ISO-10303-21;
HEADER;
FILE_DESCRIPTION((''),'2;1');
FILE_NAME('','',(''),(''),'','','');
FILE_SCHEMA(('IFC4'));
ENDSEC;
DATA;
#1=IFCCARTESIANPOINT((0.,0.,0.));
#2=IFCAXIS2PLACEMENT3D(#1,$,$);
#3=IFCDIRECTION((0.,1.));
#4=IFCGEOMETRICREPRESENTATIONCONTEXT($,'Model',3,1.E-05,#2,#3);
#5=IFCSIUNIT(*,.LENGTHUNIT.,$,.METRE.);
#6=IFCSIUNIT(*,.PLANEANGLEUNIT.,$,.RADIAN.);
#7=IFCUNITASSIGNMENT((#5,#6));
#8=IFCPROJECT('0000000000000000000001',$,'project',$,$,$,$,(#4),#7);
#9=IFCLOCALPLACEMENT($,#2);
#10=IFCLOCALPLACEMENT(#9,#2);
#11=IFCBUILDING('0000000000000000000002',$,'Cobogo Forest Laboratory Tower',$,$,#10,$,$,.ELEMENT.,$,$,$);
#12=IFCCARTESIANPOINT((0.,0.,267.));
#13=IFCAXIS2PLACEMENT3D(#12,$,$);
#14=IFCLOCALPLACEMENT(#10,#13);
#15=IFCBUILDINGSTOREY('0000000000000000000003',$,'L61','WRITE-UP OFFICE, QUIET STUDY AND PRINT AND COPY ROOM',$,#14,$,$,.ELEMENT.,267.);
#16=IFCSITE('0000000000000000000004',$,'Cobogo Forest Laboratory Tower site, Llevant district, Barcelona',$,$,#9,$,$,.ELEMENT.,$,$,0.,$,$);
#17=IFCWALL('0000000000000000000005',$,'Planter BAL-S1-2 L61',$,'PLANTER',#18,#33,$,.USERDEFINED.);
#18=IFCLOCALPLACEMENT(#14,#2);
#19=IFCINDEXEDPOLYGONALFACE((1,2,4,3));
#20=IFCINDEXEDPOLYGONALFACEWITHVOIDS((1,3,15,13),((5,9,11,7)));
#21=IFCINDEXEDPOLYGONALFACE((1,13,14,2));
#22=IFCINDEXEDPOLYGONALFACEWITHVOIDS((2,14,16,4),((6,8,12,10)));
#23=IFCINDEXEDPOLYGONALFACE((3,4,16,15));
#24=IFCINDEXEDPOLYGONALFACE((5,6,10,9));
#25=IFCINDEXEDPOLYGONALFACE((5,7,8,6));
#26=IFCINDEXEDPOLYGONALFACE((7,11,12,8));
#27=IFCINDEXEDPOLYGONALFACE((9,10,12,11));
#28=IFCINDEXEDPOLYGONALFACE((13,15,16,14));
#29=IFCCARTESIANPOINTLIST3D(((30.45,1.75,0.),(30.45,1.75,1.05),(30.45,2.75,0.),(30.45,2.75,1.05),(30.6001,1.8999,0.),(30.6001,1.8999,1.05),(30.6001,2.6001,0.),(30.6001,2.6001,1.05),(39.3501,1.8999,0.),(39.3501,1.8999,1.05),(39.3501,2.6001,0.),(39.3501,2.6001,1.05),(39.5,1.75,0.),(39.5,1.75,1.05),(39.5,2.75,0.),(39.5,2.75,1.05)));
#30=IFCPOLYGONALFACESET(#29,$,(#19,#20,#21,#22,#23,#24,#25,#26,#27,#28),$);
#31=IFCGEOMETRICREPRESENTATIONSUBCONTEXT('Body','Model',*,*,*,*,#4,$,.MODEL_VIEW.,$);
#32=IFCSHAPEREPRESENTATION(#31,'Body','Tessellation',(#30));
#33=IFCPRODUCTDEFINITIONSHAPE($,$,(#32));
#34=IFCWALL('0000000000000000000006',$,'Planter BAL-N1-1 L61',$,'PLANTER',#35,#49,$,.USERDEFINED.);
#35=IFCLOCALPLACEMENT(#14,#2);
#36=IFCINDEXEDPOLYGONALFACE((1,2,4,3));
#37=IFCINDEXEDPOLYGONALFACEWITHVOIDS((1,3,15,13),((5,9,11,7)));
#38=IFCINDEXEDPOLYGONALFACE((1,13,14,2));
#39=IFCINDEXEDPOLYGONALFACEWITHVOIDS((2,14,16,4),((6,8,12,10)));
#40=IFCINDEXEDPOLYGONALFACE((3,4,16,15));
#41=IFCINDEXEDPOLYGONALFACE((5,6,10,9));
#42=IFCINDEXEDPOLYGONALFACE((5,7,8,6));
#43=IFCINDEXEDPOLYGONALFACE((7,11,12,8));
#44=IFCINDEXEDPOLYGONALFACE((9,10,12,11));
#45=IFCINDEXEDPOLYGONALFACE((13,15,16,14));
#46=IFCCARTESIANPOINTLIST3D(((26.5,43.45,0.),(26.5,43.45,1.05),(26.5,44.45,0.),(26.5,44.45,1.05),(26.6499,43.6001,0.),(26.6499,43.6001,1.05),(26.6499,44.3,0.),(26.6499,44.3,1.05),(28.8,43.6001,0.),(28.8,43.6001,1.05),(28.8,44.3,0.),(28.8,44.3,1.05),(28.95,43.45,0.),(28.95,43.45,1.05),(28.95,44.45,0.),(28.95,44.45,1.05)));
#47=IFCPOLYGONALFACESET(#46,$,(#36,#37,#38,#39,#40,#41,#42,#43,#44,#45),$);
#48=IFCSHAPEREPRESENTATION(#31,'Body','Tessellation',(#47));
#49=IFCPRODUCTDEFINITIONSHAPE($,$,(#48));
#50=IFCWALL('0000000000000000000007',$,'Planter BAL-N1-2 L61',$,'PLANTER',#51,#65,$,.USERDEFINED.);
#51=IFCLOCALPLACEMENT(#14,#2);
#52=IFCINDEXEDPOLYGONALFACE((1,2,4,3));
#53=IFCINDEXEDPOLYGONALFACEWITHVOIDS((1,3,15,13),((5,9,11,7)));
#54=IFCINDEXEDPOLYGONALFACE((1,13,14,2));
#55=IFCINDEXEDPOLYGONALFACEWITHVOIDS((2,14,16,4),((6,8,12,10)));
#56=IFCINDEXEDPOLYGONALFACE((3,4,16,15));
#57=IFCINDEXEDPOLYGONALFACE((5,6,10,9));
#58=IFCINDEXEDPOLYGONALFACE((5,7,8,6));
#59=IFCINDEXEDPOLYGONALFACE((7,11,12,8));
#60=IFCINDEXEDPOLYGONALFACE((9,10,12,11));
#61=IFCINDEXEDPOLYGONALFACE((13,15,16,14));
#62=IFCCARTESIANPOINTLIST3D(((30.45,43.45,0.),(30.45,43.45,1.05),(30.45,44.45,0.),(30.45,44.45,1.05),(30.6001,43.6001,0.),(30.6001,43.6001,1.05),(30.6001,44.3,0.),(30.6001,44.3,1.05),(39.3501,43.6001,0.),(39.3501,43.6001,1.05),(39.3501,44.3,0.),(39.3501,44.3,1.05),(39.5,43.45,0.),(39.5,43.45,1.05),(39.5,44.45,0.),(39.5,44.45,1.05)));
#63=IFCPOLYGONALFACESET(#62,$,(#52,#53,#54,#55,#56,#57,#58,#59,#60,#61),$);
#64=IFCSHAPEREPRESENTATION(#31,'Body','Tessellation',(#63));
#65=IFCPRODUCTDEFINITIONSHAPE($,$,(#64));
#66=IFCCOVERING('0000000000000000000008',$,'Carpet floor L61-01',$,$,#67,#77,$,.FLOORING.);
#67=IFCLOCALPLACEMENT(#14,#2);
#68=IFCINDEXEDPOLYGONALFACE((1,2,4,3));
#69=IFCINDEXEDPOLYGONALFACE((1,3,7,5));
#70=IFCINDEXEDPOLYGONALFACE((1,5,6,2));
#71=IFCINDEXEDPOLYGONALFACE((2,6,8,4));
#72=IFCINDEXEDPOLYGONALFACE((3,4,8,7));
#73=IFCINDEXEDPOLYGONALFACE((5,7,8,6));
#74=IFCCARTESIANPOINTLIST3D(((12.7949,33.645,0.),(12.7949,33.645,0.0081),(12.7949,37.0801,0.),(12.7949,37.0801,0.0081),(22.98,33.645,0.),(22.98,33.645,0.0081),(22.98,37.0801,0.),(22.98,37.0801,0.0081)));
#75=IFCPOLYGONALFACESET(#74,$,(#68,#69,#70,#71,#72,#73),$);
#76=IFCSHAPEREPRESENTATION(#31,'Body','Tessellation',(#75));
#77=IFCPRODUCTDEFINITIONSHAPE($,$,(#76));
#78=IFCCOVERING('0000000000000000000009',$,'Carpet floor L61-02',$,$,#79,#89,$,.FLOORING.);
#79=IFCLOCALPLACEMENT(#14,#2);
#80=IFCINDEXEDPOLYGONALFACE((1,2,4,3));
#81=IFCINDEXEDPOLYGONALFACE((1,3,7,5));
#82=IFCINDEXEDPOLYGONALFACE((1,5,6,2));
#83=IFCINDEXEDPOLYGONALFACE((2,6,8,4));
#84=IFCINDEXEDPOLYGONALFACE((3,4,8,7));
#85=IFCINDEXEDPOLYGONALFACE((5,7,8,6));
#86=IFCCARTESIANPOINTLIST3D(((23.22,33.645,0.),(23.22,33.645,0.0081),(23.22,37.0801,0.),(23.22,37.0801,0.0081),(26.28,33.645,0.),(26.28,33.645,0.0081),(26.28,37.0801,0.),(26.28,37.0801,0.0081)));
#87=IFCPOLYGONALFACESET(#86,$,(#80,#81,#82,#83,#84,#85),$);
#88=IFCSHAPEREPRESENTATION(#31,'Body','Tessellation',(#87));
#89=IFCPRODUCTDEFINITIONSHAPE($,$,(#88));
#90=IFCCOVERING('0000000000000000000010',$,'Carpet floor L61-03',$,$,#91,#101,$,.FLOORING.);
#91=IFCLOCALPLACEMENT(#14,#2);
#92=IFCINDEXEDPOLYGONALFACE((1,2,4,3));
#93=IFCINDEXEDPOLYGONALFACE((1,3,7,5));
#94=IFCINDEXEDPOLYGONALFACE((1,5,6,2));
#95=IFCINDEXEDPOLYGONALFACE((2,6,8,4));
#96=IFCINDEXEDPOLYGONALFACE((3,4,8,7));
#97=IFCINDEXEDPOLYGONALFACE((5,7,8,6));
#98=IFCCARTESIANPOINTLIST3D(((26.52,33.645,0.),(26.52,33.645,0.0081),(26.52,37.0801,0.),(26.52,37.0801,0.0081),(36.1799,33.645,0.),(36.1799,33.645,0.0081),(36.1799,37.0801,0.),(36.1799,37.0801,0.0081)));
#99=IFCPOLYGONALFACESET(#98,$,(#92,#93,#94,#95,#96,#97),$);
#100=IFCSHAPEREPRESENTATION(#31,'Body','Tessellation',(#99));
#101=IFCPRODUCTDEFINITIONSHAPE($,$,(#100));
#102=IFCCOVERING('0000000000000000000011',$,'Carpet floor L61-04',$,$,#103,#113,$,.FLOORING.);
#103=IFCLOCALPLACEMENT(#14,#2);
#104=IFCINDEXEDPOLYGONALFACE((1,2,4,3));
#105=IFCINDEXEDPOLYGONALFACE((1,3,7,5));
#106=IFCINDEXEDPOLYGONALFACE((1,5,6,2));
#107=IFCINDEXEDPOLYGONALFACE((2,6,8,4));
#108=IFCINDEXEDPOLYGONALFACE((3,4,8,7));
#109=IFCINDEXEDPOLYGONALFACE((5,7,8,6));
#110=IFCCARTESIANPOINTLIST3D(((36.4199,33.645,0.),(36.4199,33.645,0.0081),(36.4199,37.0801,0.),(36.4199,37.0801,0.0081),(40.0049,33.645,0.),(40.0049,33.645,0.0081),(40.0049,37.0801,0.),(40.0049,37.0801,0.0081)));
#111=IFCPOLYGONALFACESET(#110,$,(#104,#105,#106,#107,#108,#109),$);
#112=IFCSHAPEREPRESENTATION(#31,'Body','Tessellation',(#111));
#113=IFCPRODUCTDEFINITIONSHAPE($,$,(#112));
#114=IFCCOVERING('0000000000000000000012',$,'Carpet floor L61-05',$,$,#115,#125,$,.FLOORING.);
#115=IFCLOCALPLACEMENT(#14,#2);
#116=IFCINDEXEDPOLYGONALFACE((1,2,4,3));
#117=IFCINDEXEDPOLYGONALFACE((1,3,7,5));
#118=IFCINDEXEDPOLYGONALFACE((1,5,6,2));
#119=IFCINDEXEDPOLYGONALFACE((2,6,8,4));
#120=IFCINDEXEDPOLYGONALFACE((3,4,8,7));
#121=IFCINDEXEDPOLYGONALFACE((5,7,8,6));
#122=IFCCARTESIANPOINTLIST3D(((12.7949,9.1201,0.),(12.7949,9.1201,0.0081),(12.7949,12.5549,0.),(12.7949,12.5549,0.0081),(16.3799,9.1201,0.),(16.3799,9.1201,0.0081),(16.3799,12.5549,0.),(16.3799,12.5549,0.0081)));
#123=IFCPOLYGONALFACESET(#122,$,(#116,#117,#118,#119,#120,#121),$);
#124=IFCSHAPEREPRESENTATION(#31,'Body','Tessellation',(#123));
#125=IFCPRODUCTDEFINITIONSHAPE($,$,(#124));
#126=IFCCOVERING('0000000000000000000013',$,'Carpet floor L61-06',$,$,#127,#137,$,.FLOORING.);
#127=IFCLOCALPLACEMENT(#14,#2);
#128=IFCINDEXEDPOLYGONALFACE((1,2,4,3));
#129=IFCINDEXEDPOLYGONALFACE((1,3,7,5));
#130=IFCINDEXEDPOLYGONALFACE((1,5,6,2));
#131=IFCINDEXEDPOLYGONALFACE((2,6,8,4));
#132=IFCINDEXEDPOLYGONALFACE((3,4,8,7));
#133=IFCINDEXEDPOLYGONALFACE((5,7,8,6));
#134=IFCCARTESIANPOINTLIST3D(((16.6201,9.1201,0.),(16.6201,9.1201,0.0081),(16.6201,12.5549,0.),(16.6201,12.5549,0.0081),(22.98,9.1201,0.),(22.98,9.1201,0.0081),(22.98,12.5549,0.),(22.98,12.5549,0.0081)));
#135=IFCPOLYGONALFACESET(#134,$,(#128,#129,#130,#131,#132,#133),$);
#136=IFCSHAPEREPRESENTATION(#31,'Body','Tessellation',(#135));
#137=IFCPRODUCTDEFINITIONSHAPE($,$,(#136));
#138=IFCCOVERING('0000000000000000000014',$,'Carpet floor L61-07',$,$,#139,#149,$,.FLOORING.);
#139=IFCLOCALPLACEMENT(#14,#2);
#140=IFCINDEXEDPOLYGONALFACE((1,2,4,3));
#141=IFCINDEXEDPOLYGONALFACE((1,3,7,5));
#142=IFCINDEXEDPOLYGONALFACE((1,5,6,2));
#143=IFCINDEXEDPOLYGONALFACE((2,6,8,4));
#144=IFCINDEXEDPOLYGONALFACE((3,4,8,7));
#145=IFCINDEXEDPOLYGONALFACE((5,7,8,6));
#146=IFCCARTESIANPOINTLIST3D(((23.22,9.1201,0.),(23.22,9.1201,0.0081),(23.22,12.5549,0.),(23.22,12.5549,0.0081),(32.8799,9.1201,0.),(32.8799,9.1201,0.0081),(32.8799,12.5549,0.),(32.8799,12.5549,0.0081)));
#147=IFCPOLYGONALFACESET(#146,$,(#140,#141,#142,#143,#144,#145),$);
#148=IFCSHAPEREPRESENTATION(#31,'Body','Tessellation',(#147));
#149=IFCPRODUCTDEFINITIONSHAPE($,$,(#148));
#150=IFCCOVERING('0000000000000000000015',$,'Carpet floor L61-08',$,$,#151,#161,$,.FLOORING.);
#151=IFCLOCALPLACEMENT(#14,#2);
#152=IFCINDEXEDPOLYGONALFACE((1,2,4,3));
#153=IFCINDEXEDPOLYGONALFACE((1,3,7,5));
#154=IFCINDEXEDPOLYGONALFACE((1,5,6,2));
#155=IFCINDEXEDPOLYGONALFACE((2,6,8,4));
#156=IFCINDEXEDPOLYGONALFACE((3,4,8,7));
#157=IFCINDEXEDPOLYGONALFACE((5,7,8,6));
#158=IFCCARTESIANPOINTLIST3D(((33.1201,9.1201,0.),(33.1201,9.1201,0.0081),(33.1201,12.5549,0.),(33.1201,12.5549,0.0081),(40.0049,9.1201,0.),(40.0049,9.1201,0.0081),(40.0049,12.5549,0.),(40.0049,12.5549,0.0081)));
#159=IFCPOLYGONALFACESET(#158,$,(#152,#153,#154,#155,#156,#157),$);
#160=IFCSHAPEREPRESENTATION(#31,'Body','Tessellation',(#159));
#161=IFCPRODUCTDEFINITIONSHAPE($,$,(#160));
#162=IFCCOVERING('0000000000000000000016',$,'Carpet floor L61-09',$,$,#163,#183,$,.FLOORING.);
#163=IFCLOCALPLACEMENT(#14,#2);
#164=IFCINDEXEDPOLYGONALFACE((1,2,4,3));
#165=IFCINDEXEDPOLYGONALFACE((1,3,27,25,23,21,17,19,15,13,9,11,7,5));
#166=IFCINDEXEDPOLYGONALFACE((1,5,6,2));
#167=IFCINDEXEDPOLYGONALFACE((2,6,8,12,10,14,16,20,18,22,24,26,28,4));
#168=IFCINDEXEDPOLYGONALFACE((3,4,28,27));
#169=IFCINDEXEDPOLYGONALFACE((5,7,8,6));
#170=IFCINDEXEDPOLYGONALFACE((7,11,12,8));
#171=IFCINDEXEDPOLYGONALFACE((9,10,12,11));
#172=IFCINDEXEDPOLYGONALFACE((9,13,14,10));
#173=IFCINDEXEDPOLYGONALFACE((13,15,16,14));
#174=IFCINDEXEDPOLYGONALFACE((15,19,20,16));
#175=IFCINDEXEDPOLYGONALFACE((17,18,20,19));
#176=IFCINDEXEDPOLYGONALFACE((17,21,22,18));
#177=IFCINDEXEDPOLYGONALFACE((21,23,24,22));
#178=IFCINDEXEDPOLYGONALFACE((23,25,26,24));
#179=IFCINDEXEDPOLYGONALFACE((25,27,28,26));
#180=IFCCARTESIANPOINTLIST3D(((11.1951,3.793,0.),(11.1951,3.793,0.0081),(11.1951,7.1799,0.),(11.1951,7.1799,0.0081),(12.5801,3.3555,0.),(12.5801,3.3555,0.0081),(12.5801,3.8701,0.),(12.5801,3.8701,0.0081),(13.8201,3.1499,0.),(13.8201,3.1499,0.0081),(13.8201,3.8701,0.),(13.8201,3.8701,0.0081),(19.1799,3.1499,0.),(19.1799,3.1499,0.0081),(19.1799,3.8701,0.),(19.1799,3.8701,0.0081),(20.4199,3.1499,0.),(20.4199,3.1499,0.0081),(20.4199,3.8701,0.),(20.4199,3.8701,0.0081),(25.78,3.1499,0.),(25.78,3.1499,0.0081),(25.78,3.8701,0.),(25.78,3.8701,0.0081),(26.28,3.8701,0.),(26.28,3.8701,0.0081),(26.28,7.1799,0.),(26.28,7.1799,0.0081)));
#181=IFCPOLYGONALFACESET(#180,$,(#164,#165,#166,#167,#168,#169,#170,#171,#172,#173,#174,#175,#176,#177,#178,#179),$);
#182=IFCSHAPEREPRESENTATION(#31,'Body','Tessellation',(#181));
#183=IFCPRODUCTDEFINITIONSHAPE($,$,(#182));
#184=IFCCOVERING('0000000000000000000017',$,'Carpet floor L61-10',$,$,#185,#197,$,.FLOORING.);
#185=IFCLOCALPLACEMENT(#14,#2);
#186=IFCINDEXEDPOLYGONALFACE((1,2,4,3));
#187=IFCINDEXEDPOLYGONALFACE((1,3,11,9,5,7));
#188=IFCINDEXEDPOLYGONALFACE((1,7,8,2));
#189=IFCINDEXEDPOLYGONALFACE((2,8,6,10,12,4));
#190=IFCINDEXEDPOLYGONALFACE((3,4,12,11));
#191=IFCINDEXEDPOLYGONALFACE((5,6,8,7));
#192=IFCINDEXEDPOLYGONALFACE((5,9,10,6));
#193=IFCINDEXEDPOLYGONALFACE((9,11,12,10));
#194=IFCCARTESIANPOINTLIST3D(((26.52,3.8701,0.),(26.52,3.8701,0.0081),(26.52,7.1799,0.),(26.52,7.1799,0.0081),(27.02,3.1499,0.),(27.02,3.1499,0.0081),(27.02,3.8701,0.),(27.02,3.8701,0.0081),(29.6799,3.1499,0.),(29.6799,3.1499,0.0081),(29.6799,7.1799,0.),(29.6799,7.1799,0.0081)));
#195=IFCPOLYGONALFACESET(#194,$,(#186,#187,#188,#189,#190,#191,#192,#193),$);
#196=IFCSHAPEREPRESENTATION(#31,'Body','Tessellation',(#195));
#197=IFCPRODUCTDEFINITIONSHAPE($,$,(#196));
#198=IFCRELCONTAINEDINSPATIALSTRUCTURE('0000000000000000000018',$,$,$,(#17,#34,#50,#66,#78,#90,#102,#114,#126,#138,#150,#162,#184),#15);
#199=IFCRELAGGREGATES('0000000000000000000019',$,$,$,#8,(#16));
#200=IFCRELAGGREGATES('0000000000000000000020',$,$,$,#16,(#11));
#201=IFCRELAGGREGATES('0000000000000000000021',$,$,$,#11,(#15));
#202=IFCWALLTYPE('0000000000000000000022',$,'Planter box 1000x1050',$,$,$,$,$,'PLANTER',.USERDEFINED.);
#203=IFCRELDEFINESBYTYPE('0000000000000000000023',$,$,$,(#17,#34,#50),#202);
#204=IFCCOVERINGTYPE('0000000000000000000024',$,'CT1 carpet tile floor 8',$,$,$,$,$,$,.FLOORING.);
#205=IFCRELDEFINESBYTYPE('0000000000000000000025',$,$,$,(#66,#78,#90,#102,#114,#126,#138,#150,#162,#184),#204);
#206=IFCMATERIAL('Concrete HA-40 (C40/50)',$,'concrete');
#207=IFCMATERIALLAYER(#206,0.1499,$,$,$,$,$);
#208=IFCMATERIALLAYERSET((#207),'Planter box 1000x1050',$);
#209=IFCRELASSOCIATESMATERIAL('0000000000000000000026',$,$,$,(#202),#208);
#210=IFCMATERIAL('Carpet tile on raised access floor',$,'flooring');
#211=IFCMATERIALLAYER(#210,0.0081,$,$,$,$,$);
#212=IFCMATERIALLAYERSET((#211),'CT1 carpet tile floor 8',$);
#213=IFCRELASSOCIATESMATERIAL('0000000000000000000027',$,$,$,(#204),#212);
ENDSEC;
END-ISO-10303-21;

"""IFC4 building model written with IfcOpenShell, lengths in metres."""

from ifc_helpers import new_model, si_unit, direction, frame, origin, place, context, subcontext, project, spatial, polyline, outline, extrude, material, layer, layer_set, type_object, element, save


model = new_model("IFC4")

# Units and contexts
model_context = context("Model", 3, precision=1e-05, world=origin(), true_north=direction((0.0, 1.0)))
body_context = subcontext(model_context, "Body", "Model", "MODEL_VIEW")
ifc_project = project(units=[si_unit("LENGTHUNIT", "METRE"), si_unit("PLANEANGLEUNIT", "RADIAN")], contexts=[model_context])

# Site, building, storey
site_placement = place(None, origin())
site = spatial("IfcSite", under=ifc_project, at=site_placement, Name="Cobogo Forest Laboratory Tower site, Llevant district, Barcelona", CompositionType="ELEMENT", RefElevation=0.0)
building_placement = place(site_placement, origin())
building = spatial("IfcBuilding", under=site, at=building_placement, Name="Cobogo Forest Laboratory Tower", CompositionType="ELEMENT")
storey_placement = place(building_placement, frame((0.0, 0.0, 267.0)))
storey = spatial("IfcBuildingStorey", under=building, at=storey_placement, Name="L61", Description="WRITE-UP OFFICE, QUIET STUDY AND PRINT AND COPY ROOM", CompositionType="ELEMENT", Elevation=267.0)

# Shared definitions
ifc_material_1 = material(Name="Concrete HA-40 (C40/50)", Category="concrete")

# Walls
ifc_layer_1 = layer(ifc_material_1, 0.1499)
ifc_layer_set_1 = layer_set([ifc_layer_1], Name="Planter box 1000x1050")
wall_type = type_object("IfcWallType", Name="Planter box 1000x1050", ElementType="PLANTER", PredefinedType="USERDEFINED", material=ifc_layer_set_1)
wall_1_placement = place(storey_placement, origin())
element("IfcWall", 1, at=wall_1_placement, inside=storey, type_object=wall_type, Name="Planter BAL-S1-2 L61", ObjectType="PLANTER", PredefinedType="USERDEFINED", context=body_context, shape_type="SweptSolid", body=[
    extrude(outline(polyline([(30.45, 1.75), (39.5, 1.75), (39.5, 2.75), (30.45, 2.75), (30.45, 1.75)]), holes=[polyline([(30.6001, 1.8999), (39.3501, 1.8999), (39.3501, 2.6001), (30.6001, 2.6001), (30.6001, 1.8999)])]), origin(), (0.0, 0.0, 1.0), 1.05),
])
wall_2_placement = place(storey_placement, origin())
element("IfcWall", 2, at=wall_2_placement, inside=storey, type_object=wall_type, Name="Planter BAL-N1-1 L61", ObjectType="PLANTER", PredefinedType="USERDEFINED", context=body_context, shape_type="SweptSolid", body=[
    extrude(outline(polyline([(26.5, 43.45), (28.95, 43.45), (28.95, 44.45), (26.5, 44.45), (26.5, 43.45)]), holes=[polyline([(26.6499, 43.6001), (28.8, 43.6001), (28.8, 44.3), (26.6499, 44.3), (26.6499, 43.6001)])]), origin(), (0.0, 0.0, 1.0), 1.05),
])
wall_3_placement = place(storey_placement, origin())
element("IfcWall", 3, at=wall_3_placement, inside=storey, type_object=wall_type, Name="Planter BAL-N1-2 L61", ObjectType="PLANTER", PredefinedType="USERDEFINED", context=body_context, shape_type="SweptSolid", body=[
    extrude(outline(polyline([(30.45, 43.45), (39.5, 43.45), (39.5, 44.45), (30.45, 44.45), (30.45, 43.45)]), holes=[polyline([(30.6001, 43.6001), (39.3501, 43.6001), (39.3501, 44.3), (30.6001, 44.3), (30.6001, 43.6001)])]), origin(), (0.0, 0.0, 1.0), 1.05),
])

# Coverings
ifc_material_2 = material(Name="Carpet tile on raised access floor", Category="flooring")
ifc_layer_2 = layer(ifc_material_2, 0.0081)
ifc_layer_set_2 = layer_set([ifc_layer_2], Name="CT1 carpet tile floor 8")
covering_type_1 = type_object("IfcCoveringType", Name="CT1 carpet tile floor 8", PredefinedType="FLOORING", material=ifc_layer_set_2)
covering_1_placement = place(storey_placement, origin())
element("IfcCovering", 4, at=covering_1_placement, inside=storey, type_object=covering_type_1, Name="Carpet floor L61-01", PredefinedType="FLOORING", context=body_context, shape_type="SweptSolid", body=[
    extrude(outline(polyline([(22.98, 33.645), (12.7949, 33.645), (12.7949, 37.0801), (22.98, 37.0801), (22.98, 33.645)])), origin(), (0.0, 0.0, 1.0), 0.0081),
])
covering_2_placement = place(storey_placement, origin())
element("IfcCovering", 5, at=covering_2_placement, inside=storey, type_object=covering_type_1, Name="Carpet floor L61-02", PredefinedType="FLOORING", context=body_context, shape_type="SweptSolid", body=[
    extrude(outline(polyline([(26.28, 33.645), (23.22, 33.645), (23.22, 37.0801), (26.28, 37.0801), (26.28, 33.645)])), origin(), (0.0, 0.0, 1.0), 0.0081),
])
covering_3_placement = place(storey_placement, origin())
element("IfcCovering", 6, at=covering_3_placement, inside=storey, type_object=covering_type_1, Name="Carpet floor L61-03", PredefinedType="FLOORING", context=body_context, shape_type="SweptSolid", body=[
    extrude(outline(polyline([(36.1799, 33.645), (26.52, 33.645), (26.52, 37.0801), (36.1799, 37.0801), (36.1799, 33.645)])), origin(), (0.0, 0.0, 1.0), 0.0081),
])
covering_4_placement = place(storey_placement, origin())
element("IfcCovering", 7, at=covering_4_placement, inside=storey, type_object=covering_type_1, Name="Carpet floor L61-04", PredefinedType="FLOORING", context=body_context, shape_type="SweptSolid", body=[
    extrude(outline(polyline([(40.0049, 33.645), (36.4199, 33.645), (36.4199, 37.0801), (40.0049, 37.0801), (40.0049, 33.645)])), origin(), (0.0, 0.0, 1.0), 0.0081),
])
covering_5_placement = place(storey_placement, origin())
element("IfcCovering", 8, at=covering_5_placement, inside=storey, type_object=covering_type_1, Name="Carpet floor L61-05", PredefinedType="FLOORING", context=body_context, shape_type="SweptSolid", body=[
    extrude(outline(polyline([(16.3799, 9.1201), (12.7949, 9.1201), (12.7949, 12.5549), (16.3799, 12.5549), (16.3799, 9.1201)])), origin(), (0.0, 0.0, 1.0), 0.0081),
])
covering_6_placement = place(storey_placement, origin())
element("IfcCovering", 9, at=covering_6_placement, inside=storey, type_object=covering_type_1, Name="Carpet floor L61-06", PredefinedType="FLOORING", context=body_context, shape_type="SweptSolid", body=[
    extrude(outline(polyline([(22.98, 9.1201), (16.6201, 9.1201), (16.6201, 12.5549), (22.98, 12.5549), (22.98, 9.1201)])), origin(), (0.0, 0.0, 1.0), 0.0081),
])
covering_7_placement = place(storey_placement, origin())
element("IfcCovering", 10, at=covering_7_placement, inside=storey, type_object=covering_type_1, Name="Carpet floor L61-07", PredefinedType="FLOORING", context=body_context, shape_type="SweptSolid", body=[
    extrude(outline(polyline([(32.8799, 9.1201), (23.22, 9.1201), (23.22, 12.5549), (32.8799, 12.5549), (32.8799, 9.1201)])), origin(), (0.0, 0.0, 1.0), 0.0081),
])
covering_8_placement = place(storey_placement, origin())
element("IfcCovering", 11, at=covering_8_placement, inside=storey, type_object=covering_type_1, Name="Carpet floor L61-08", PredefinedType="FLOORING", context=body_context, shape_type="SweptSolid", body=[
    extrude(outline(polyline([(40.0049, 9.1201), (33.1201, 9.1201), (33.1201, 12.5549), (40.0049, 12.5549), (40.0049, 9.1201)])), origin(), (0.0, 0.0, 1.0), 0.0081),
])
covering_9_placement = place(storey_placement, origin())
element("IfcCovering", 12, at=covering_9_placement, inside=storey, type_object=covering_type_1, Name="Carpet floor L61-09", PredefinedType="FLOORING", context=body_context, shape_type="SweptSolid", body=[
    extrude(outline(polyline([(26.28, 7.1799), (26.28, 3.8701), (25.78, 3.8701), (25.78, 3.1499), (20.4199, 3.1499), (20.4199, 3.8701), (19.1799, 3.8701), (19.1799, 3.1499), (13.8201, 3.1499), (13.8201, 3.8701), (12.5801, 3.8701), (12.5801, 3.3555), (11.1951, 3.793), (11.1951, 7.1799), (26.28, 7.1799)])), origin(), (0.0, 0.0, 1.0), 0.0081),
])
covering_10_placement = place(storey_placement, origin())
element("IfcCovering", 13, at=covering_10_placement, inside=storey, type_object=covering_type_1, Name="Carpet floor L61-10", PredefinedType="FLOORING", context=body_context, shape_type="SweptSolid", body=[
    extrude(outline(polyline([(29.6799, 7.1799), (29.6799, 3.1499), (27.02, 3.1499), (27.02, 3.8701), (26.52, 3.8701), (26.52, 7.1799), (29.6799, 7.1799)])), origin(), (0.0, 0.0, 1.0), 0.0081),
])

save(model, "model.ifc")
